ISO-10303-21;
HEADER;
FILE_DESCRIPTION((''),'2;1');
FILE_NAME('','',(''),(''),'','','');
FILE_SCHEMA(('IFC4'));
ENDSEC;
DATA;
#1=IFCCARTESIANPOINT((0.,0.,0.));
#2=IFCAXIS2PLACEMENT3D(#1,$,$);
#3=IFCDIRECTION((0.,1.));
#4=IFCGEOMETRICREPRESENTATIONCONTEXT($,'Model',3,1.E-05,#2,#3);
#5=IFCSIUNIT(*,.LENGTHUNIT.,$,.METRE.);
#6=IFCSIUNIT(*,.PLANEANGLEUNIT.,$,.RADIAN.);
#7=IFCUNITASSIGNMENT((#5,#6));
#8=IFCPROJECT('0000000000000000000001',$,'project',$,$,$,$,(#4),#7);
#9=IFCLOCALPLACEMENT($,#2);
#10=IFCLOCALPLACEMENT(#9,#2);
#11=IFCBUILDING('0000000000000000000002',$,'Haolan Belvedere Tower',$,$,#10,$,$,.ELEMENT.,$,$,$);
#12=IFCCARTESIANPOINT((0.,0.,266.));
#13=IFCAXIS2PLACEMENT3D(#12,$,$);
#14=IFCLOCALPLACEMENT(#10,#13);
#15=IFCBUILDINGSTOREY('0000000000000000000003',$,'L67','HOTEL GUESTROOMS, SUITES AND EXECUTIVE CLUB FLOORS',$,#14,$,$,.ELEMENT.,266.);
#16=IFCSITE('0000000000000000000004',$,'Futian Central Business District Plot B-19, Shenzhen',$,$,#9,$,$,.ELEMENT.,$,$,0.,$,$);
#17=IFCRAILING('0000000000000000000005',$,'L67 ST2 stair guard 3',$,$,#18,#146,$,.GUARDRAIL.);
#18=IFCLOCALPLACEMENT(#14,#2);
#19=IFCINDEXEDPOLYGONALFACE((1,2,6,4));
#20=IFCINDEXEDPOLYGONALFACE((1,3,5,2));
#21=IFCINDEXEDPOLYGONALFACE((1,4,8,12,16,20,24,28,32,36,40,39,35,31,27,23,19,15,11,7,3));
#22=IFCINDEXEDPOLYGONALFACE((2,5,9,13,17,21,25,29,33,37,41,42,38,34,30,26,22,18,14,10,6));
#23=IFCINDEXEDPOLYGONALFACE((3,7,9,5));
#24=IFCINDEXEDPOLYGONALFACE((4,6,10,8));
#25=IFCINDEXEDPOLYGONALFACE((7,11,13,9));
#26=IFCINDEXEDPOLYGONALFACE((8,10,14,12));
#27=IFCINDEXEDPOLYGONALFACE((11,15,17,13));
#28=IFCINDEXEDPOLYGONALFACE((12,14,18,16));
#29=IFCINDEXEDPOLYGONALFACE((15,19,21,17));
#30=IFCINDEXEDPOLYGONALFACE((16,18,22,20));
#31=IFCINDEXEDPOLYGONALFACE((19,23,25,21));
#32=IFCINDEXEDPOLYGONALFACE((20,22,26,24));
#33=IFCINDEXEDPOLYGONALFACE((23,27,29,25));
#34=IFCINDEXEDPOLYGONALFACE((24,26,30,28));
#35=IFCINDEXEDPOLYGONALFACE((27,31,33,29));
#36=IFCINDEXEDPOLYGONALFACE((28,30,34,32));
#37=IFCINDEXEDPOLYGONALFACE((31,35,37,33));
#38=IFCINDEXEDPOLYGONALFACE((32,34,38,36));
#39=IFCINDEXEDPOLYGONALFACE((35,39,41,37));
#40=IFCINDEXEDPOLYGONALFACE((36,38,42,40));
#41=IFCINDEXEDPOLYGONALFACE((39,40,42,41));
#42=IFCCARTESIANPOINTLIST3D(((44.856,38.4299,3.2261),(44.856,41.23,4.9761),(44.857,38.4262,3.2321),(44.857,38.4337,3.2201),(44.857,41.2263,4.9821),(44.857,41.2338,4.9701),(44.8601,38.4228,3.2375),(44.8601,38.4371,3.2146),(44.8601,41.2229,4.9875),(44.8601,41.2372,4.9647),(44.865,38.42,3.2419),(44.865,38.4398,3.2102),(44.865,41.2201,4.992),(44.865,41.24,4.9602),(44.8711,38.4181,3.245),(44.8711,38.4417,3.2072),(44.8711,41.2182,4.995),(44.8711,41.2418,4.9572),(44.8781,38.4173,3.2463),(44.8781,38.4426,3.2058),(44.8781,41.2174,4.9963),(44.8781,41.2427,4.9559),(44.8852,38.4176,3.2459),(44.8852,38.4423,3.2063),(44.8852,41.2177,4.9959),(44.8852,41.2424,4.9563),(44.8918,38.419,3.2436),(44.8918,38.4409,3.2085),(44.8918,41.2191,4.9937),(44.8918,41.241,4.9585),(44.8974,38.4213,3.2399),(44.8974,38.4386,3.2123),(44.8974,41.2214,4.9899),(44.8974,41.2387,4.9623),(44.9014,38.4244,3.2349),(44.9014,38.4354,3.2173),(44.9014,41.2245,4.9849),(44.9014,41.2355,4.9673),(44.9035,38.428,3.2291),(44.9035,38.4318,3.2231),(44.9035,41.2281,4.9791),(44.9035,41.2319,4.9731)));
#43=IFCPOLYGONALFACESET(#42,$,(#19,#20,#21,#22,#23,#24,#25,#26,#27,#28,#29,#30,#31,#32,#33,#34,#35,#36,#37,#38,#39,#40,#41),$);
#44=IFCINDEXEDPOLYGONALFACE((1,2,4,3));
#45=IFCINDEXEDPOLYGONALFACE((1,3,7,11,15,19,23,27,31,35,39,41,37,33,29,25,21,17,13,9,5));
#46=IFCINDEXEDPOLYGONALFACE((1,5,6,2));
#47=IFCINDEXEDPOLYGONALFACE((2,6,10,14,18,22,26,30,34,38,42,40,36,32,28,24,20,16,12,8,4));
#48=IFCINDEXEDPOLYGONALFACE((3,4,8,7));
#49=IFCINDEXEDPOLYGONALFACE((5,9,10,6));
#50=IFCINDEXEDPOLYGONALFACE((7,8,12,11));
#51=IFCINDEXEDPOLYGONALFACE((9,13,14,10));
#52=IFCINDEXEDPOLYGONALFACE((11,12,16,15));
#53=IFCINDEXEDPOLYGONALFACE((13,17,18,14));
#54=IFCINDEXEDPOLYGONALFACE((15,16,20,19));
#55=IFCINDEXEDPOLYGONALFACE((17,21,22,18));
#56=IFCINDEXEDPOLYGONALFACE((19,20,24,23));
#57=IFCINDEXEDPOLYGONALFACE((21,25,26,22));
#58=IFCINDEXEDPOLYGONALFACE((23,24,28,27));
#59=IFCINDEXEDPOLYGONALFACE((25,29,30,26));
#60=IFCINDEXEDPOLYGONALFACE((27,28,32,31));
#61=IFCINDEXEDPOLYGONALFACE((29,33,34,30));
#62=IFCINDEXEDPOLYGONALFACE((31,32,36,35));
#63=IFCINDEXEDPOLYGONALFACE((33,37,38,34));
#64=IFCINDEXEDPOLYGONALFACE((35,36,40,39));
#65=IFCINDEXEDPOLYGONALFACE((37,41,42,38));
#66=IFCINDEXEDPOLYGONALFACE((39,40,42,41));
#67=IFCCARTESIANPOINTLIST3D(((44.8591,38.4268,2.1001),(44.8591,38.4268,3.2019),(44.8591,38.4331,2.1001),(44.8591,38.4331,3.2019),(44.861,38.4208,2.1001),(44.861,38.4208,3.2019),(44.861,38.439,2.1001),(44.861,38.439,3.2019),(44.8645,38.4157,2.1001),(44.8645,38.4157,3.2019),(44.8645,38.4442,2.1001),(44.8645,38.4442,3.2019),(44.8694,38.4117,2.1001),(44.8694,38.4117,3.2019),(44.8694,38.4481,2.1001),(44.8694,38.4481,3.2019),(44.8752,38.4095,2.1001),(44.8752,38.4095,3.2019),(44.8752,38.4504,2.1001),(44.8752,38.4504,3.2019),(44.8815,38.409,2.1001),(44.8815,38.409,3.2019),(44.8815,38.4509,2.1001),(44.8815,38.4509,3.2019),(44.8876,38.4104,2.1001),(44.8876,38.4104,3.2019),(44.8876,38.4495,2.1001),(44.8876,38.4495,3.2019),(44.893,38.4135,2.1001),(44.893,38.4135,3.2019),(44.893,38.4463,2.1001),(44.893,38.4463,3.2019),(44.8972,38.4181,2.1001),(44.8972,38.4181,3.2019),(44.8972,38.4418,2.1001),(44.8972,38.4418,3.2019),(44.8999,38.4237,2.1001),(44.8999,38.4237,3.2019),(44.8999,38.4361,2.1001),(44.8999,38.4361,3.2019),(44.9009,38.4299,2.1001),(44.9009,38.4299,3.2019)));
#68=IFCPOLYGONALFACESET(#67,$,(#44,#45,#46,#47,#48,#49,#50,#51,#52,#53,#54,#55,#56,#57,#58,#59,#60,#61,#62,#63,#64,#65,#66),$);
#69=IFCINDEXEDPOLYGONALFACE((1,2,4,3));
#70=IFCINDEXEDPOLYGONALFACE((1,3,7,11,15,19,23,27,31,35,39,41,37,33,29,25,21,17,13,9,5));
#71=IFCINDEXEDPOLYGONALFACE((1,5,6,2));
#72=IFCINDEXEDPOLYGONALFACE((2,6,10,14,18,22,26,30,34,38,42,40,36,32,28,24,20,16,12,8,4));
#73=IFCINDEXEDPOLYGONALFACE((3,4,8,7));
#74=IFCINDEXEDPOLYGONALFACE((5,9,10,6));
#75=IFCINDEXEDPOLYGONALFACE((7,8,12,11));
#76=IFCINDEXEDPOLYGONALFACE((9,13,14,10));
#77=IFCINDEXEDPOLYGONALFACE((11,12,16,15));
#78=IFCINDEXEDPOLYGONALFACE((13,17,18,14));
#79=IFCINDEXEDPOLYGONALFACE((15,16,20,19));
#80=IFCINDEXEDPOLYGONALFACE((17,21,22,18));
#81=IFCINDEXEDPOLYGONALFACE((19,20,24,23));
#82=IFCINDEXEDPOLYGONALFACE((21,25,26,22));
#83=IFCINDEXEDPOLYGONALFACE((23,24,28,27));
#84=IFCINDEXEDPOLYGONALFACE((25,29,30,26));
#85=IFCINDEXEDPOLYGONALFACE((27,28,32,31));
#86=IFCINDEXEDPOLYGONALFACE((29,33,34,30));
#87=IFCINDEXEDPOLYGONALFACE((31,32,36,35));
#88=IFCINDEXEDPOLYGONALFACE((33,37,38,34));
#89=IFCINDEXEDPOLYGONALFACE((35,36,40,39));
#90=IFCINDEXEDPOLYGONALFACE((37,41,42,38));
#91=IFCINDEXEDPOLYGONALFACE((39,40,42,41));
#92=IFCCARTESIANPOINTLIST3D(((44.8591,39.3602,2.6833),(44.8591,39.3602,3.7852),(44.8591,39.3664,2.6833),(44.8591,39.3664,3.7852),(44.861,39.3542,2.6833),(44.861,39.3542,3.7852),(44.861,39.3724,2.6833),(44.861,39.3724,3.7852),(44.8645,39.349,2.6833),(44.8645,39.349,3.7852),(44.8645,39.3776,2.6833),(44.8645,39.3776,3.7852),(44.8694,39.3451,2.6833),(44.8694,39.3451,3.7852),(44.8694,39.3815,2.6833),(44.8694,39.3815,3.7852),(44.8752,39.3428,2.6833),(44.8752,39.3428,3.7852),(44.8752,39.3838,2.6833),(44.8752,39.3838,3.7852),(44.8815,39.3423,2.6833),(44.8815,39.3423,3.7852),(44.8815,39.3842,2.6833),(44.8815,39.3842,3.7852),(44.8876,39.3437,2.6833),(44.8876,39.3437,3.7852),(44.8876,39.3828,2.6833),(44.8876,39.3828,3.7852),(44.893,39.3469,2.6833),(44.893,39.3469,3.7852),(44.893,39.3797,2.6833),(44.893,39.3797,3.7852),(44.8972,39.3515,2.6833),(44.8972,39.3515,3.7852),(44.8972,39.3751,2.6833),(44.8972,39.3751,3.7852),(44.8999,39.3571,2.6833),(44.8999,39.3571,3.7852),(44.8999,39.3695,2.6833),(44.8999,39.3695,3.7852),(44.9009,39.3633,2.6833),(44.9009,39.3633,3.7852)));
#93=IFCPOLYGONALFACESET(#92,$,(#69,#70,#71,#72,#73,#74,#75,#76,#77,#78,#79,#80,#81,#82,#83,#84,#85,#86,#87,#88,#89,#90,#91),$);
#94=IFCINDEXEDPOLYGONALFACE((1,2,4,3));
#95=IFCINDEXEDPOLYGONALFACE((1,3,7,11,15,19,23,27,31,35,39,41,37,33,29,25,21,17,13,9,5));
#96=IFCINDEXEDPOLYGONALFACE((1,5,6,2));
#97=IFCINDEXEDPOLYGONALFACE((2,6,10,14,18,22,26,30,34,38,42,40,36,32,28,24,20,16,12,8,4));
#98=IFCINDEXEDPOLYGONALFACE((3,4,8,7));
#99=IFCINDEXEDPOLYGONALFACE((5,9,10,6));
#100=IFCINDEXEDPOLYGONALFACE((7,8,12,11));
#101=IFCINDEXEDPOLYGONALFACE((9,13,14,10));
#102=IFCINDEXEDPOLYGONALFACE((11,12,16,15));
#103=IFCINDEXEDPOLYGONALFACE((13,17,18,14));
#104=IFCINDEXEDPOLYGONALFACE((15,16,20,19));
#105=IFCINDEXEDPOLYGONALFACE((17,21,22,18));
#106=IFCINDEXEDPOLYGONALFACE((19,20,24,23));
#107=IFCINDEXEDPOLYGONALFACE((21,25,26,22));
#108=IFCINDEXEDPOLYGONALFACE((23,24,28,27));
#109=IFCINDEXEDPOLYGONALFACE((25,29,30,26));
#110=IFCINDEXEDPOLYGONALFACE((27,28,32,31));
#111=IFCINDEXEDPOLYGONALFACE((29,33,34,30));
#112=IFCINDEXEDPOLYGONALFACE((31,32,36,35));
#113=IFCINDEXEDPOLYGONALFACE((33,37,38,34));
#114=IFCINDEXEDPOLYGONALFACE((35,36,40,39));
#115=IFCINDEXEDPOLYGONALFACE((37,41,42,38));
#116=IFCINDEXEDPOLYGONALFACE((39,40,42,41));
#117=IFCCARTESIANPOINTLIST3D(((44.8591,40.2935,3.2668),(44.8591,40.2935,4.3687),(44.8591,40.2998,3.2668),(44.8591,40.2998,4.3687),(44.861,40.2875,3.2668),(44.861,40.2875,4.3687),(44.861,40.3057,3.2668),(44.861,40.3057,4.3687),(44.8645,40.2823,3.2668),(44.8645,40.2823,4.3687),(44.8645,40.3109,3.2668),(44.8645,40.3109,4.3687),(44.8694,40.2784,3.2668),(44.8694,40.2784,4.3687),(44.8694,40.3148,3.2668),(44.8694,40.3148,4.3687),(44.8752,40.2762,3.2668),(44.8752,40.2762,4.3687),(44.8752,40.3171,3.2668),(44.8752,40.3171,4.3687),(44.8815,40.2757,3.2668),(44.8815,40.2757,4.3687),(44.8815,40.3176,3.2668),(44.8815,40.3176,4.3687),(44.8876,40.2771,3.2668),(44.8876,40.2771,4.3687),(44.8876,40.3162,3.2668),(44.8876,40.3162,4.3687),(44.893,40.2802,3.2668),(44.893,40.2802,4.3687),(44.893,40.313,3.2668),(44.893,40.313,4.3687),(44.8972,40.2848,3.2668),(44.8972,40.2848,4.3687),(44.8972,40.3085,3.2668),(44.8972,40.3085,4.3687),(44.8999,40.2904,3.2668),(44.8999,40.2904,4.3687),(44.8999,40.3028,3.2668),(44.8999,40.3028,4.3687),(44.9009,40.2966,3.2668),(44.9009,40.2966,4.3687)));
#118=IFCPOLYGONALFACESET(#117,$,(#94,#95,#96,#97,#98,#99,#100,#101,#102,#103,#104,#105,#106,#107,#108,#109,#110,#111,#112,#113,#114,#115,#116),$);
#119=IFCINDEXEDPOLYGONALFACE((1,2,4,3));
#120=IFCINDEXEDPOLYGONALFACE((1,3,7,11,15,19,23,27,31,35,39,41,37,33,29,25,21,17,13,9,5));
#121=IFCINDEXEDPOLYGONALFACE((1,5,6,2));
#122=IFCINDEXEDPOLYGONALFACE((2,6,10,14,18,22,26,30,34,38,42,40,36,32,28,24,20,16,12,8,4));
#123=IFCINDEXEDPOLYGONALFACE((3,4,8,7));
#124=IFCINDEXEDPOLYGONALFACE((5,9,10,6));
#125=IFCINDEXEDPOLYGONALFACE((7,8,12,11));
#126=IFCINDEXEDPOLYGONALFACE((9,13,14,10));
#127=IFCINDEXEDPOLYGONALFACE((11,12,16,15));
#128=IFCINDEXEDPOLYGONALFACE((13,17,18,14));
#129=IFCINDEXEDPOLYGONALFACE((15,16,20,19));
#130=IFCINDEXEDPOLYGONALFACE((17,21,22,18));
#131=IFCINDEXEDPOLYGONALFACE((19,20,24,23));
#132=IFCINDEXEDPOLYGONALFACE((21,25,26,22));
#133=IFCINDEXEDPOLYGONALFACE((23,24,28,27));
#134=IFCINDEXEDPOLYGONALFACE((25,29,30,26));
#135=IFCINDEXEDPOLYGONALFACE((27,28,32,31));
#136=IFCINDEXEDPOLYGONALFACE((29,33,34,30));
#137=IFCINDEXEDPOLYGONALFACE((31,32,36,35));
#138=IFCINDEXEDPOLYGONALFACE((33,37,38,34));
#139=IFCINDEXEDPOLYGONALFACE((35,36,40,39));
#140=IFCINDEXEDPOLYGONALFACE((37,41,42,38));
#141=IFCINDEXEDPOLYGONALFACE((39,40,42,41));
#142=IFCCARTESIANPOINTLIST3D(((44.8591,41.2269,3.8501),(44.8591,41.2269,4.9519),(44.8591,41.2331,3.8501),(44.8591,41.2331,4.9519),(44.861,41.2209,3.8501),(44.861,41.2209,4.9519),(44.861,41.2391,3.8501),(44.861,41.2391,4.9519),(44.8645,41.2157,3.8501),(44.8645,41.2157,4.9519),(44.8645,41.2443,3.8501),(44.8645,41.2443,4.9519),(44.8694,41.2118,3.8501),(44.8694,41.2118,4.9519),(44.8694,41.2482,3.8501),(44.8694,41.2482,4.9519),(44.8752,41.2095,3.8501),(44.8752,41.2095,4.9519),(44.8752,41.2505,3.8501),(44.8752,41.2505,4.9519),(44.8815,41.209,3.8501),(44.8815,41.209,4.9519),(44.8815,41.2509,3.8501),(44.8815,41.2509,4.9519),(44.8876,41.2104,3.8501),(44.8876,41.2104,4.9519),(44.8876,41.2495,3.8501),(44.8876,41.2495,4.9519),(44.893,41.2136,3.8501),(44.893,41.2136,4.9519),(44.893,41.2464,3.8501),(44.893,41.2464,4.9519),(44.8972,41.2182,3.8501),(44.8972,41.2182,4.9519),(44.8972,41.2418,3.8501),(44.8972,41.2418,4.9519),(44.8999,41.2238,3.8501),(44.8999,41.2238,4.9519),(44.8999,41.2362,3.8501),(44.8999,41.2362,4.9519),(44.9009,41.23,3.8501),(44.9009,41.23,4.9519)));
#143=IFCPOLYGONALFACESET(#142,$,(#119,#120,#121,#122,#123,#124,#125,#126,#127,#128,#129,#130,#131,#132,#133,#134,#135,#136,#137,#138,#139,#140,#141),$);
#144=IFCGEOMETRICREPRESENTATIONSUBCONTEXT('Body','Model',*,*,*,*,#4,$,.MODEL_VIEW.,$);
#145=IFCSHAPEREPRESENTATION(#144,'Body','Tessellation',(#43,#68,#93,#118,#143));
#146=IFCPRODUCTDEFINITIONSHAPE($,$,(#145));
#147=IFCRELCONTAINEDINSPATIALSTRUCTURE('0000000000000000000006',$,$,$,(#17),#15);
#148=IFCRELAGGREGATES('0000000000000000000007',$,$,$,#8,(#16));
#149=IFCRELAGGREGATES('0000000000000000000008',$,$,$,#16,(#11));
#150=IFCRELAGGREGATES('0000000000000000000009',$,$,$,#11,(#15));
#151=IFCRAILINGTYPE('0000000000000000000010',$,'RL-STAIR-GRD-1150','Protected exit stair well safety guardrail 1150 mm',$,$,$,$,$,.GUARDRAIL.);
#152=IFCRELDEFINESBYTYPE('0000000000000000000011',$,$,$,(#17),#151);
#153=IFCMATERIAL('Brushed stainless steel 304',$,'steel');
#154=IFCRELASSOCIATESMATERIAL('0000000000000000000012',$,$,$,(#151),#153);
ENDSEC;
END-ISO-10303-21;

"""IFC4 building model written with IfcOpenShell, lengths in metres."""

from ifc_helpers import new_model, si_unit, direction, frame, origin, origin_2d, place, context, subcontext, project, spatial, circle, extrude, material, type_object, element, save


model = new_model("IFC4")

# Units and contexts
model_context = context("Model", 3, precision=1e-05, world=origin(), true_north=direction((0.0, 1.0)))
body_context = subcontext(model_context, "Body", "Model", "MODEL_VIEW")
ifc_project = project(units=[si_unit("LENGTHUNIT", "METRE"), si_unit("PLANEANGLEUNIT", "RADIAN")], contexts=[model_context])

# Site, building, storey
site_placement = place(None, origin())
site = spatial("IfcSite", under=ifc_project, at=site_placement, Name="Futian Central Business District Plot B-19, Shenzhen", CompositionType="ELEMENT", RefElevation=0.0)
building_placement = place(site_placement, origin())
building = spatial("IfcBuilding", under=site, at=building_placement, Name="Haolan Belvedere Tower", CompositionType="ELEMENT")
storey_placement = place(building_placement, frame((0.0, 0.0, 266.0)))
storey = spatial("IfcBuildingStorey", under=building, at=storey_placement, Name="L67", Description="HOTEL GUESTROOMS, SUITES AND EXECUTIVE CLUB FLOORS", CompositionType="ELEMENT", Elevation=266.0)

# Railing
ifc_material_1 = material(Name="Brushed stainless steel 304", Category="steel")
railing_type_1 = type_object("IfcRailingType", Name="RL-STAIR-GRD-1150", Description="Protected exit stair well safety guardrail 1150 mm", PredefinedType="GUARDRAIL", material=ifc_material_1)
railing_1_placement = place(storey_placement, frame((44.8799, 38.4299, 2.1001)))
element("IfcRailing", 1, at=railing_1_placement, inside=storey, type_object=railing_type_1, Name="L67 ST2 stair guard 3", PredefinedType="GUARDRAIL", context=body_context, shape_type="SweptSolid", body=[
    extrude(circle(Radius=0.0239, at=origin_2d()), frame((0.0, 0.0, 1.126), z_axis=(0.0, 0.848002, 0.529992), x_axis=(-1.0, 0.0, 0.0)), (0.0, 0.0, 1.0), 3.302),
    extrude(circle(Radius=0.021, at=origin_2d()), origin(), (0.0, 0.0, 1.0), 1.1018),
    extrude(circle(Radius=0.021, at=origin_2d()), frame((0.0, 0.9333, 0.5833)), (0.0, 0.0, 1.0), 1.1018),
    extrude(circle(Radius=0.021, at=origin_2d()), frame((0.0, 1.8667, 1.1667)), (0.0, 0.0, 1.0), 1.1018),
    extrude(circle(Radius=0.021, at=origin_2d()), frame((0.0, 2.8, 1.75)), (0.0, 0.0, 1.0), 1.1018),
])

save(model, "model.ifc")
